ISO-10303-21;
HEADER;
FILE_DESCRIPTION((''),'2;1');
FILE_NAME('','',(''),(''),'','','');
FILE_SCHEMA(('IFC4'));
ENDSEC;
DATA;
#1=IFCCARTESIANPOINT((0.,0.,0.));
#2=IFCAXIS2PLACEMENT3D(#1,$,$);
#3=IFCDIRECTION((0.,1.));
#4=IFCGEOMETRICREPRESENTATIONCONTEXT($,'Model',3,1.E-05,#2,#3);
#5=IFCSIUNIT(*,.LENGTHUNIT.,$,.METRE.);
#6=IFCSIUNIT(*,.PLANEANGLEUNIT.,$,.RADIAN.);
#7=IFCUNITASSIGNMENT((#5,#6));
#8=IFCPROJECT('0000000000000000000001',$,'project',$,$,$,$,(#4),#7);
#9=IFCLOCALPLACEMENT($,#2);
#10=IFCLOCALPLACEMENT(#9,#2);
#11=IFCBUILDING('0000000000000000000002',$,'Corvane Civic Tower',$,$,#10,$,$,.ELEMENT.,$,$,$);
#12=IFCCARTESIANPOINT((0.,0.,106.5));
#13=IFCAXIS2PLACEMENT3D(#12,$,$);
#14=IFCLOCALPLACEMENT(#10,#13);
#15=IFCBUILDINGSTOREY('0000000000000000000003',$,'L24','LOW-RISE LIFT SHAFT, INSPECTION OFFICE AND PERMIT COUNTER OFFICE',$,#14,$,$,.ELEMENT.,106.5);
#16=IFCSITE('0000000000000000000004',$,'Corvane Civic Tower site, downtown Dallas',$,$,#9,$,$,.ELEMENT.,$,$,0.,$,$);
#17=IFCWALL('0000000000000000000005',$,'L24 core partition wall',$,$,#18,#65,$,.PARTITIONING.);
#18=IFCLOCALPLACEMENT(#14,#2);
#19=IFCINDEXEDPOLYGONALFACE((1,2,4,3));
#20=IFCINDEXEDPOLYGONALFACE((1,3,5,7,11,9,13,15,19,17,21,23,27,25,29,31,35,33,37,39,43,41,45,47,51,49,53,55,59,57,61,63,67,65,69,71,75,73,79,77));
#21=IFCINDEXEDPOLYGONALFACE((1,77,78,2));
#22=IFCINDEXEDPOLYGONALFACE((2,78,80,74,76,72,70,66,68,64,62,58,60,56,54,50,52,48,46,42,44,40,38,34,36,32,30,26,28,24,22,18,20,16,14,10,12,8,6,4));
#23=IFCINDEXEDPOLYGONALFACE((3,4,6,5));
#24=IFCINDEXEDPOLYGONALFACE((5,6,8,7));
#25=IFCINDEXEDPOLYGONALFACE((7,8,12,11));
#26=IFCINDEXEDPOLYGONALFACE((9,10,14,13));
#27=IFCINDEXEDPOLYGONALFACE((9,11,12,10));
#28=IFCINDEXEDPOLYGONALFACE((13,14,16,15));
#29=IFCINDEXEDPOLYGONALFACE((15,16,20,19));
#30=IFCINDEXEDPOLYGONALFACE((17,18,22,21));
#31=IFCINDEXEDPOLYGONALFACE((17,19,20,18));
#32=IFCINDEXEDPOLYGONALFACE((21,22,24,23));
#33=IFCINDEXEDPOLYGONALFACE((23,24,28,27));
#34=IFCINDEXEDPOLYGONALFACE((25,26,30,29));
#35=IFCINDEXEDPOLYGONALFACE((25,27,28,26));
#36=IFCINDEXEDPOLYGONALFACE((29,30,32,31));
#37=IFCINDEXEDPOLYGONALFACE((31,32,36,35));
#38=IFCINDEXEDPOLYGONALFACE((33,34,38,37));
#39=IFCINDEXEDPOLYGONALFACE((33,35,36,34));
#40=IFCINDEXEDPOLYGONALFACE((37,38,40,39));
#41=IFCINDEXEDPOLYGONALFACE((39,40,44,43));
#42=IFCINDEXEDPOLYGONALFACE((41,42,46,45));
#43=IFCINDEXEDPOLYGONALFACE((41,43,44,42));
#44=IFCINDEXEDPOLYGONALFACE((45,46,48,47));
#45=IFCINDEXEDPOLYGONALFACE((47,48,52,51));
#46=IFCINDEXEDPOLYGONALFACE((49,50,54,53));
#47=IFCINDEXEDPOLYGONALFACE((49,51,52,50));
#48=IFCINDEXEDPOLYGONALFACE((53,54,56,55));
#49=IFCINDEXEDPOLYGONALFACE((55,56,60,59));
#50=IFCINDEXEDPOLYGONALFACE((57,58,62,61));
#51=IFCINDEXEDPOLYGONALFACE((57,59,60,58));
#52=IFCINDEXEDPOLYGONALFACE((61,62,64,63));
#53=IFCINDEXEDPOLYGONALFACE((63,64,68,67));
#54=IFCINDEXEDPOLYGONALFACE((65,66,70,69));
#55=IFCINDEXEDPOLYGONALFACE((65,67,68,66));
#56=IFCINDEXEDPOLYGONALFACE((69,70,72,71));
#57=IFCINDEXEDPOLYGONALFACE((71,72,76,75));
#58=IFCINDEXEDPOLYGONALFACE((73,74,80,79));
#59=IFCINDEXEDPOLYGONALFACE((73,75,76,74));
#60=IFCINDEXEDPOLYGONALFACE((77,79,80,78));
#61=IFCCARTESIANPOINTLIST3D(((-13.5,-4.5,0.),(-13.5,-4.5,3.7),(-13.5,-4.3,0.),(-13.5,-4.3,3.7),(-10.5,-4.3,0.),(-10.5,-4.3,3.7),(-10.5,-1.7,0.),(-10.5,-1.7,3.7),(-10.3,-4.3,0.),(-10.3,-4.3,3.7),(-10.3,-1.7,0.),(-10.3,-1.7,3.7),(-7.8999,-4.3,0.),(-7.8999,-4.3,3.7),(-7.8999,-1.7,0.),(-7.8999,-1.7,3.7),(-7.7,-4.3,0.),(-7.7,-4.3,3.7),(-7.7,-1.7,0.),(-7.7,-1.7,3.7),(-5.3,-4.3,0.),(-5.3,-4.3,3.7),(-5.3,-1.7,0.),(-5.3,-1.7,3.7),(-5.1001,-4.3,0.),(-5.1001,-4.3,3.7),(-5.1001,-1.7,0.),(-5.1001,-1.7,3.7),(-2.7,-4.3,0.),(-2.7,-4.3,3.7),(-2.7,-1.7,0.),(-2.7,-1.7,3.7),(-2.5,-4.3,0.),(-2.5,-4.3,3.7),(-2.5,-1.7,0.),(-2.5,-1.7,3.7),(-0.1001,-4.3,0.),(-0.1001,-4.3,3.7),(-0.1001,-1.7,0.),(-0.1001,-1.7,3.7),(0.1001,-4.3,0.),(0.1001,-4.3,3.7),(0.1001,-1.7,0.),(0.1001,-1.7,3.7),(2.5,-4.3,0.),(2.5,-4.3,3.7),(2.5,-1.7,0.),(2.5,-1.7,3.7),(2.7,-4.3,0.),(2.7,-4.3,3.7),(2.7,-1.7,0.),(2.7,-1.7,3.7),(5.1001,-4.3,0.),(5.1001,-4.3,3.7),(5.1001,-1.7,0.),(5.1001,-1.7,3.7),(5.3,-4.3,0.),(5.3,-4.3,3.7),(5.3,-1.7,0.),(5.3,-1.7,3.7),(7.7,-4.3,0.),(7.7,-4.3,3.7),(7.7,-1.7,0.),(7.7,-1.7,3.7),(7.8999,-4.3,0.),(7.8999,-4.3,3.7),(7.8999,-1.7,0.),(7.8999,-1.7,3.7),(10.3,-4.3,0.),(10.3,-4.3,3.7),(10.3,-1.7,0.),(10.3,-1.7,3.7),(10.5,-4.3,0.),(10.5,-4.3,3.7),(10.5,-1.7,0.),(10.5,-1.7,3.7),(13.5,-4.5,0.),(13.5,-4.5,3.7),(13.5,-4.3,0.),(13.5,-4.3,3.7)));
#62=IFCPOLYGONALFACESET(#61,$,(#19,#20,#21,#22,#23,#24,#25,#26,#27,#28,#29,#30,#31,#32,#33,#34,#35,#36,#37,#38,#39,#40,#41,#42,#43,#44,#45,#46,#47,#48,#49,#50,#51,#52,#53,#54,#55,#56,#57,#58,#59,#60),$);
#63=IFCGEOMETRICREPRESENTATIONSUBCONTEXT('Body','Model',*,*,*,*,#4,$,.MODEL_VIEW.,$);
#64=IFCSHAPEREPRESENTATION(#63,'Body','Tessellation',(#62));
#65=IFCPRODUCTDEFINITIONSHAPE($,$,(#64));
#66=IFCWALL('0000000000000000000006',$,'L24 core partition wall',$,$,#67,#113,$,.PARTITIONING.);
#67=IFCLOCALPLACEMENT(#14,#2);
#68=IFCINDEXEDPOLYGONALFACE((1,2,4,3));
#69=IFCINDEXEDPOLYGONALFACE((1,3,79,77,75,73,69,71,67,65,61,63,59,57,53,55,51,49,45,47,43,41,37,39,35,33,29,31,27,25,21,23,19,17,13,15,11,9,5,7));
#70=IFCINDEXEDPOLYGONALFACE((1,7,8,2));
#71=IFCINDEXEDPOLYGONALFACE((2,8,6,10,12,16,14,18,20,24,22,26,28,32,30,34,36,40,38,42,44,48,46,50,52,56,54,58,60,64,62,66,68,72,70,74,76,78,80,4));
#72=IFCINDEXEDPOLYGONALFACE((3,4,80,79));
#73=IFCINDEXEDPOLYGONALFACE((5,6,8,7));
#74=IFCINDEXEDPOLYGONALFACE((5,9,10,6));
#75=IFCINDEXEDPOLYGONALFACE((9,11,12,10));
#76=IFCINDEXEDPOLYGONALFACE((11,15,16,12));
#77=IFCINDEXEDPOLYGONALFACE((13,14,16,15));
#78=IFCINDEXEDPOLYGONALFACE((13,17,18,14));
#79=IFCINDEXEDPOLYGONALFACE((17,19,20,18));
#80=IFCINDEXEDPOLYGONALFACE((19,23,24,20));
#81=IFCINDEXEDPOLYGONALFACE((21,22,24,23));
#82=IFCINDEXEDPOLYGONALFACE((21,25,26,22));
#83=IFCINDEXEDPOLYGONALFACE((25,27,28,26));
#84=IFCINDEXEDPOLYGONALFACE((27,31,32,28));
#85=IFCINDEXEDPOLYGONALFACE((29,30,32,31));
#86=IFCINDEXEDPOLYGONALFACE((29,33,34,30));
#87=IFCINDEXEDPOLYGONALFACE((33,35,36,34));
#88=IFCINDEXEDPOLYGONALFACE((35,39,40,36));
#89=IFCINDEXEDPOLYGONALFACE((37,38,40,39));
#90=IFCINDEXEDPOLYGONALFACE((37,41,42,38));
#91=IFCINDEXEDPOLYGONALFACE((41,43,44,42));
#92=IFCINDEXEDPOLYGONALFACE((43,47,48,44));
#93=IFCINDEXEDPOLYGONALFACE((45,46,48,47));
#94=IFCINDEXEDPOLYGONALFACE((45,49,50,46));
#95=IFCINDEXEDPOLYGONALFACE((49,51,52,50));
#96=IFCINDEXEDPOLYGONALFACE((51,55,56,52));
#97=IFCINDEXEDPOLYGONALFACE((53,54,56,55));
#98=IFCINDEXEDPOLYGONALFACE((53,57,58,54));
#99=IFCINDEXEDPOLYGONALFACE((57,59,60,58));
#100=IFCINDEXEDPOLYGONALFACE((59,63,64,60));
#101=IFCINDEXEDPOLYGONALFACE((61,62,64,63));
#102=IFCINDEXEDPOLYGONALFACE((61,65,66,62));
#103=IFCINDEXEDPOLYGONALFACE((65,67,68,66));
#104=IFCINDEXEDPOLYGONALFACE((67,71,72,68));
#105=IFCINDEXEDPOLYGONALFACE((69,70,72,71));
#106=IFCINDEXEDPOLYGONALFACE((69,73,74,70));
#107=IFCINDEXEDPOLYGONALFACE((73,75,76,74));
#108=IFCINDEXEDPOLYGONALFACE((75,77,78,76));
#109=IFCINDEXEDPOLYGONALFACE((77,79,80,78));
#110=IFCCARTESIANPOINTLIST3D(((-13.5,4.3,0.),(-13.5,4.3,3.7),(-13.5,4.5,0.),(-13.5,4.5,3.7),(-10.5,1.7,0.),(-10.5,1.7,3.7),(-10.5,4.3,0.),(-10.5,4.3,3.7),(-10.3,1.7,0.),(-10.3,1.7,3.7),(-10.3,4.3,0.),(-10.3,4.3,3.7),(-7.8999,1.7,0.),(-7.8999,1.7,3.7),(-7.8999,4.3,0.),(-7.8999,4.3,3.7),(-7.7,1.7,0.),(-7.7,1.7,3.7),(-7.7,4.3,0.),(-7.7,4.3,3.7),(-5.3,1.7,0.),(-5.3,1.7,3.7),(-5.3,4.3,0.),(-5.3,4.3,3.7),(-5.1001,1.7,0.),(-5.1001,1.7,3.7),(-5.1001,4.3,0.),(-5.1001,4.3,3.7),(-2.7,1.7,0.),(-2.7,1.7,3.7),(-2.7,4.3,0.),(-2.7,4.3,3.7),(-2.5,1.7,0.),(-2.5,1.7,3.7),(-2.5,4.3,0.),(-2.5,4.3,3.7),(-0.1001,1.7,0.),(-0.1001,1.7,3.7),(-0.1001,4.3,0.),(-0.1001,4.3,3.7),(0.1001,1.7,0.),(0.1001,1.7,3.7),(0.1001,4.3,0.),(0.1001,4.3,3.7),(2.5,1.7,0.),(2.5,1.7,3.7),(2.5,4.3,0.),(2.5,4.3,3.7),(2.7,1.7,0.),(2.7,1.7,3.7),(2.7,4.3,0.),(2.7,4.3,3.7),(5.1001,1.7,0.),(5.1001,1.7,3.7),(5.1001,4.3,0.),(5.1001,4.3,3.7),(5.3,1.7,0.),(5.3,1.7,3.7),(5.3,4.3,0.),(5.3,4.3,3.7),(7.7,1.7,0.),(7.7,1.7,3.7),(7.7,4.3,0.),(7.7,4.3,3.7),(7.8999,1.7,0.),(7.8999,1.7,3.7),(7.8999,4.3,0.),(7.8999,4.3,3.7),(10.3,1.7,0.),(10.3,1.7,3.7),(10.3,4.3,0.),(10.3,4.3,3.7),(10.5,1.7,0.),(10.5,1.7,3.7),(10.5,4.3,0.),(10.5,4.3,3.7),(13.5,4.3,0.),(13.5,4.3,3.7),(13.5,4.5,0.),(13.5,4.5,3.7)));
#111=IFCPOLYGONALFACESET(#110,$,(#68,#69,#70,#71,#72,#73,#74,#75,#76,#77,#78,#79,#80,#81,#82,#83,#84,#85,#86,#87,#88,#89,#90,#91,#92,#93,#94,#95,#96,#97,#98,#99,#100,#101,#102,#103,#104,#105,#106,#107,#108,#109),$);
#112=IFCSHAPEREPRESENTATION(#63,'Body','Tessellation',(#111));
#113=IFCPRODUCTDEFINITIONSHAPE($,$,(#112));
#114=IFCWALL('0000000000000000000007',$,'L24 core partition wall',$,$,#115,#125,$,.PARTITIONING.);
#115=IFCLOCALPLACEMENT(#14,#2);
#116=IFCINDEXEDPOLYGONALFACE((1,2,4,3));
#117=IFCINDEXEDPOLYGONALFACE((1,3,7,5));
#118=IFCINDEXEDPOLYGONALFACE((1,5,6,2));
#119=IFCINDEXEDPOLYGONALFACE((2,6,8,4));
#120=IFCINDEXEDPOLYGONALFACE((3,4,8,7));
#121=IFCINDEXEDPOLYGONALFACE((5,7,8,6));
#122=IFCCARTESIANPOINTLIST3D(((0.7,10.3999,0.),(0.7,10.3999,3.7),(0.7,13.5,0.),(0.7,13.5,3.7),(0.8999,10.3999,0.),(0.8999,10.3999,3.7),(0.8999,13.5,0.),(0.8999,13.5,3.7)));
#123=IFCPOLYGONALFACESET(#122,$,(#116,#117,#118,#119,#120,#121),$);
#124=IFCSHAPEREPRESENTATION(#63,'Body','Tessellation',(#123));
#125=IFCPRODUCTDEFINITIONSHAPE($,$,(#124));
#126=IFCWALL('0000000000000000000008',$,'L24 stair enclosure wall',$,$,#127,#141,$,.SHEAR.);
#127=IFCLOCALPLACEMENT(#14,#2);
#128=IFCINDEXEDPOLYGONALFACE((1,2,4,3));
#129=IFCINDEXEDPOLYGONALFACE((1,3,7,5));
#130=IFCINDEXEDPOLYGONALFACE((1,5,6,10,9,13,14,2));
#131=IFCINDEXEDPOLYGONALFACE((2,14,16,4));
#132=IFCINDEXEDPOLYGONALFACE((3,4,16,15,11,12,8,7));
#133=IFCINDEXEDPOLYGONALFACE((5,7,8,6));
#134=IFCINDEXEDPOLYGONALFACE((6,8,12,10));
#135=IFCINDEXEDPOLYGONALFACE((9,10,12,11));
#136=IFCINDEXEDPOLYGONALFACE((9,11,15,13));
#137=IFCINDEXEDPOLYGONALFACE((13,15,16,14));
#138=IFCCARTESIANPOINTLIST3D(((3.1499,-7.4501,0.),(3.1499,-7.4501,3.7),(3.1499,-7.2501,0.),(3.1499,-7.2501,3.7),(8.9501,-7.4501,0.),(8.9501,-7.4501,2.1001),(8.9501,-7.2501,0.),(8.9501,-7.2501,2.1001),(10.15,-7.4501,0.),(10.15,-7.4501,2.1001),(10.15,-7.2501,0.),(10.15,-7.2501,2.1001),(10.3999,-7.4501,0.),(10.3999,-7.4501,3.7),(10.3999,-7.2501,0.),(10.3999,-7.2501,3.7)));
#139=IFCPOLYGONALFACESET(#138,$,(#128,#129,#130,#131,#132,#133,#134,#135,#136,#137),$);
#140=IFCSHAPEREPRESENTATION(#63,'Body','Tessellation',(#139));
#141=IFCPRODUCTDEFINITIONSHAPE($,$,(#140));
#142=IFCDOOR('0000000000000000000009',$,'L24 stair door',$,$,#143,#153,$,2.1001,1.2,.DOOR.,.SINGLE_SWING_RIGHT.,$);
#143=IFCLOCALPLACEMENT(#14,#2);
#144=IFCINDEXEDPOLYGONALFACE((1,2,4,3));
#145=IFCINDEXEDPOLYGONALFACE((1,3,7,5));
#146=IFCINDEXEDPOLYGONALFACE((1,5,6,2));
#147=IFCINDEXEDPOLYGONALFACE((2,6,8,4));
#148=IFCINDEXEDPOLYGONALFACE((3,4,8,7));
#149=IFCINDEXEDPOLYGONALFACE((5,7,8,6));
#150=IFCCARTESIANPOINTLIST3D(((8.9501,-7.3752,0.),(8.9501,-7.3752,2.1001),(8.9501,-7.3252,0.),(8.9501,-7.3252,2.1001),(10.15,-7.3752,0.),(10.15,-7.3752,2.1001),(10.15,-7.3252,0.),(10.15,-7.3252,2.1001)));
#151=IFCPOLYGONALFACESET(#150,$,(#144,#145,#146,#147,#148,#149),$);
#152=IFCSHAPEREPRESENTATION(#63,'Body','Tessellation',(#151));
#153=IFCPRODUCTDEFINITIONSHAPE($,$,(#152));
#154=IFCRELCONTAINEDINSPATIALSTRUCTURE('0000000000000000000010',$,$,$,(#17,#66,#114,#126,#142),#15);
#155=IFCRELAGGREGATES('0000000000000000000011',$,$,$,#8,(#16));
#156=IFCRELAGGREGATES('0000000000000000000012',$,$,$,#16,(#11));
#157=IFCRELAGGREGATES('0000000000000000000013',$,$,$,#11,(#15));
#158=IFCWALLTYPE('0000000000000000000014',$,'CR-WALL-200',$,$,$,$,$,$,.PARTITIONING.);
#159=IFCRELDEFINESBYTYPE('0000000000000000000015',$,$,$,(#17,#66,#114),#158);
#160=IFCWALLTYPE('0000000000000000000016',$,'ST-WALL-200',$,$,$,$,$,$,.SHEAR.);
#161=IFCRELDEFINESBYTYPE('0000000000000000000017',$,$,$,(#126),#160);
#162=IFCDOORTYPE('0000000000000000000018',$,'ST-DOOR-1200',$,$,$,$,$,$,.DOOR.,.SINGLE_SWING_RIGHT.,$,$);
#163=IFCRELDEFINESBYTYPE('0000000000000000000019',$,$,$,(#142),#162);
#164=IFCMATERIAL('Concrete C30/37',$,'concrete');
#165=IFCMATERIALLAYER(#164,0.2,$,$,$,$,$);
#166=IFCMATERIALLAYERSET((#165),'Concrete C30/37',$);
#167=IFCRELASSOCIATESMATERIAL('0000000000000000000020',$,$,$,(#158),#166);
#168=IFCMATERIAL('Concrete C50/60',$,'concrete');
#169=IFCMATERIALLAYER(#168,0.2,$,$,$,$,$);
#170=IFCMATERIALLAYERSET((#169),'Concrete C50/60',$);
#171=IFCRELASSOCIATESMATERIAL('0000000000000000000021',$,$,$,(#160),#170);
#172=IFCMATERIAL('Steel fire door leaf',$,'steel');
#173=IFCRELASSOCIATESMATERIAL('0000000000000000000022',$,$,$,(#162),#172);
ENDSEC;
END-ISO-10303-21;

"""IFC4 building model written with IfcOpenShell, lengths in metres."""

from ifc_helpers import new_model, si_unit, direction, frame, frame_2d, origin, place, context, subcontext, project, spatial, polyline, rectangle, outline, extrude, material, layer, layer_set, type_object, element, fill, save


model = new_model("IFC4")

# Units and contexts
model_context = context("Model", 3, precision=1e-05, world=origin(), true_north=direction((0.0, 1.0)))
body_context = subcontext(model_context, "Body", "Model", "MODEL_VIEW")
ifc_project = project(units=[si_unit("LENGTHUNIT", "METRE"), si_unit("PLANEANGLEUNIT", "RADIAN")], contexts=[model_context])

# Site, building, storey
site_placement = place(None, origin())
site = spatial("IfcSite", under=ifc_project, at=site_placement, Name="Corvane Civic Tower site, downtown Dallas", CompositionType="ELEMENT", RefElevation=0.0)
building_placement = place(site_placement, origin())
building = spatial("IfcBuilding", under=site, at=building_placement, Name="Corvane Civic Tower", CompositionType="ELEMENT")
storey_placement = place(building_placement, frame((0.0, 0.0, 106.5)))
storey = spatial("IfcBuildingStorey", under=building, at=storey_placement, Name="L24", Description="LOW-RISE LIFT SHAFT, INSPECTION OFFICE AND PERMIT COUNTER OFFICE", CompositionType="ELEMENT", Elevation=106.5)

# Shared definitions
ifc_material_1 = material(Name="Concrete C30/37", Category="concrete")
ifc_layer_1 = layer(ifc_material_1, 0.2)
ifc_layer_set_1 = layer_set([ifc_layer_1], Name="Concrete C30/37")
wall_type_1 = type_object("IfcWallType", Name="CR-WALL-200", PredefinedType="PARTITIONING", material=ifc_layer_set_1)

# Walls
wall_1_placement = place(storey_placement, origin())
element("IfcWall", 1, at=wall_1_placement, inside=storey, type_object=wall_type_1, Name="L24 core partition wall", PredefinedType="PARTITIONING", context=body_context, shape_type="SweptSolid", body=[
    extrude(outline(polyline([(-10.5, -1.7), (-10.3, -1.7), (-10.3, -4.3), (-7.8999, -4.3), (-7.8999, -1.7), (-7.7, -1.7), (-7.7, -4.3), (-5.3, -4.3), (-5.3, -1.7), (-5.1001, -1.7), (-5.1001, -4.3), (-2.7, -4.3), (-2.7, -1.7), (-2.5, -1.7), (-2.5, -4.3), (-0.1001, -4.3), (-0.1001, -1.7), (0.1001, -1.7), (0.1001, -4.3), (2.5, -4.3), (2.5, -1.7), (2.7, -1.7), (2.7, -4.3), (5.1001, -4.3), (5.1001, -1.7), (5.3, -1.7), (5.3, -4.3), (7.7, -4.3), (7.7, -1.7), (7.8999, -1.7), (7.8999, -4.3), (10.3, -4.3), (10.3, -1.7), (10.5, -1.7), (10.5, -4.3), (13.5, -4.3), (13.5, -4.5), (-13.5, -4.5), (-13.5, -4.3), (-10.5, -4.3), (-10.5, -1.7)])), origin(), (0.0, 0.0, 1.0), 3.7),
])
wall_2_placement = place(storey_placement, origin())
element("IfcWall", 2, at=wall_2_placement, inside=storey, type_object=wall_type_1, Name="L24 core partition wall", PredefinedType="PARTITIONING", context=body_context, shape_type="SweptSolid", body=[
    extrude(outline(polyline([(-5.1001, 4.3), (-5.1001, 1.7), (-5.3, 1.7), (-5.3, 4.3), (-7.7, 4.3), (-7.7, 1.7), (-7.8999, 1.7), (-7.8999, 4.3), (-10.3, 4.3), (-10.3, 1.7), (-10.5, 1.7), (-10.5, 4.3), (-13.5, 4.3), (-13.5, 4.5), (13.5, 4.5), (13.5, 4.3), (10.5, 4.3), (10.5, 1.7), (10.3, 1.7), (10.3, 4.3), (7.8999, 4.3), (7.8999, 1.7), (7.7, 1.7), (7.7, 4.3), (5.3, 4.3), (5.3, 1.7), (5.1001, 1.7), (5.1001, 4.3), (2.7, 4.3), (2.7, 1.7), (2.5, 1.7), (2.5, 4.3), (0.1001, 4.3), (0.1001, 1.7), (-0.1001, 1.7), (-0.1001, 4.3), (-2.5, 4.3), (-2.5, 1.7), (-2.7, 1.7), (-2.7, 4.3), (-5.1001, 4.3)])), origin(), (0.0, 0.0, 1.0), 3.7),
])
wall_3_placement = place(storey_placement, origin())
element("IfcWall", 3, at=wall_3_placement, inside=storey, type_object=wall_type_1, Name="L24 core partition wall", PredefinedType="PARTITIONING", context=body_context, shape_type="SweptSolid", body=[
    extrude(outline(polyline([(0.8999, 10.3999), (0.7, 10.3999), (0.7, 13.5), (0.8999, 13.5), (0.8999, 10.3999)])), origin(), (0.0, 0.0, 1.0), 3.7),
])

# Wall, opening, door
ifc_material_2 = material(Name="Concrete C50/60", Category="concrete")
ifc_layer_2 = layer(ifc_material_2, 0.2)
ifc_layer_set_2 = layer_set([ifc_layer_2], Name="Concrete C50/60")
wall_type_2 = type_object("IfcWallType", Name="ST-WALL-200", PredefinedType="SHEAR", material=ifc_layer_set_2)
wall_4_placement = place(storey_placement, frame((3.1499, -7.3501, 0.0), z_axis=(0.0, 0.0, 1.0), x_axis=(1.0, 0.0, 0.0)))
wall_4 = element("IfcWall", 4, at=wall_4_placement, inside=storey, type_object=wall_type_2, Name="L24 stair enclosure wall", PredefinedType="SHEAR", context=body_context, shape_type="SweptSolid", body=[
    extrude(rectangle(XDim=7.25, YDim=0.2, at=frame_2d((3.625, 0.0))), origin(), (0.0, 0.0, 1.0), 3.7),
])
opening_1_placement = place(wall_4_placement, frame((5.8, 0.0, 0.0)))
opening_1 = element("IfcOpeningElement", 5, at=opening_1_placement, cuts=wall_4, PredefinedType="OPENING", context=body_context, shape_type="SweptSolid", body=[
    extrude(rectangle(XDim=1.2, YDim=2.1001, at=frame_2d((0.6001, 1.05))), frame((0.0, 0.1099, 0.0), z_axis=(0.0, -1.0, 0.0), x_axis=(1.0, 0.0, 0.0)), (0.0, 0.0, 1.0), 0.22),
])
ifc_material_3 = material(Name="Steel fire door leaf", Category="steel")
door_type_1 = type_object("IfcDoorType", Name="ST-DOOR-1200", OperationType="SINGLE_SWING_RIGHT", PredefinedType="DOOR", material=ifc_material_3)
door_1_placement = place(opening_1_placement, origin())
door_1 = element("IfcDoor", 6, at=door_1_placement, inside=storey, type_object=door_type_1, Name="L24 stair door", OperationType="SINGLE_SWING_RIGHT", OverallHeight=2.1001, OverallWidth=1.2, PredefinedType="DOOR", context=body_context, shape_type="SweptSolid", body=[
    extrude(rectangle(XDim=1.2, YDim=2.1001, at=frame_2d((0.6001, 1.05))), frame((0.0, 0.0249, 0.0), z_axis=(0.0, -1.0, 0.0), x_axis=(1.0, 0.0, 0.0)), (0.0, 0.0, 1.0), 0.05),
])
fill(opening_1, door_1)

save(model, "model.ifc")
